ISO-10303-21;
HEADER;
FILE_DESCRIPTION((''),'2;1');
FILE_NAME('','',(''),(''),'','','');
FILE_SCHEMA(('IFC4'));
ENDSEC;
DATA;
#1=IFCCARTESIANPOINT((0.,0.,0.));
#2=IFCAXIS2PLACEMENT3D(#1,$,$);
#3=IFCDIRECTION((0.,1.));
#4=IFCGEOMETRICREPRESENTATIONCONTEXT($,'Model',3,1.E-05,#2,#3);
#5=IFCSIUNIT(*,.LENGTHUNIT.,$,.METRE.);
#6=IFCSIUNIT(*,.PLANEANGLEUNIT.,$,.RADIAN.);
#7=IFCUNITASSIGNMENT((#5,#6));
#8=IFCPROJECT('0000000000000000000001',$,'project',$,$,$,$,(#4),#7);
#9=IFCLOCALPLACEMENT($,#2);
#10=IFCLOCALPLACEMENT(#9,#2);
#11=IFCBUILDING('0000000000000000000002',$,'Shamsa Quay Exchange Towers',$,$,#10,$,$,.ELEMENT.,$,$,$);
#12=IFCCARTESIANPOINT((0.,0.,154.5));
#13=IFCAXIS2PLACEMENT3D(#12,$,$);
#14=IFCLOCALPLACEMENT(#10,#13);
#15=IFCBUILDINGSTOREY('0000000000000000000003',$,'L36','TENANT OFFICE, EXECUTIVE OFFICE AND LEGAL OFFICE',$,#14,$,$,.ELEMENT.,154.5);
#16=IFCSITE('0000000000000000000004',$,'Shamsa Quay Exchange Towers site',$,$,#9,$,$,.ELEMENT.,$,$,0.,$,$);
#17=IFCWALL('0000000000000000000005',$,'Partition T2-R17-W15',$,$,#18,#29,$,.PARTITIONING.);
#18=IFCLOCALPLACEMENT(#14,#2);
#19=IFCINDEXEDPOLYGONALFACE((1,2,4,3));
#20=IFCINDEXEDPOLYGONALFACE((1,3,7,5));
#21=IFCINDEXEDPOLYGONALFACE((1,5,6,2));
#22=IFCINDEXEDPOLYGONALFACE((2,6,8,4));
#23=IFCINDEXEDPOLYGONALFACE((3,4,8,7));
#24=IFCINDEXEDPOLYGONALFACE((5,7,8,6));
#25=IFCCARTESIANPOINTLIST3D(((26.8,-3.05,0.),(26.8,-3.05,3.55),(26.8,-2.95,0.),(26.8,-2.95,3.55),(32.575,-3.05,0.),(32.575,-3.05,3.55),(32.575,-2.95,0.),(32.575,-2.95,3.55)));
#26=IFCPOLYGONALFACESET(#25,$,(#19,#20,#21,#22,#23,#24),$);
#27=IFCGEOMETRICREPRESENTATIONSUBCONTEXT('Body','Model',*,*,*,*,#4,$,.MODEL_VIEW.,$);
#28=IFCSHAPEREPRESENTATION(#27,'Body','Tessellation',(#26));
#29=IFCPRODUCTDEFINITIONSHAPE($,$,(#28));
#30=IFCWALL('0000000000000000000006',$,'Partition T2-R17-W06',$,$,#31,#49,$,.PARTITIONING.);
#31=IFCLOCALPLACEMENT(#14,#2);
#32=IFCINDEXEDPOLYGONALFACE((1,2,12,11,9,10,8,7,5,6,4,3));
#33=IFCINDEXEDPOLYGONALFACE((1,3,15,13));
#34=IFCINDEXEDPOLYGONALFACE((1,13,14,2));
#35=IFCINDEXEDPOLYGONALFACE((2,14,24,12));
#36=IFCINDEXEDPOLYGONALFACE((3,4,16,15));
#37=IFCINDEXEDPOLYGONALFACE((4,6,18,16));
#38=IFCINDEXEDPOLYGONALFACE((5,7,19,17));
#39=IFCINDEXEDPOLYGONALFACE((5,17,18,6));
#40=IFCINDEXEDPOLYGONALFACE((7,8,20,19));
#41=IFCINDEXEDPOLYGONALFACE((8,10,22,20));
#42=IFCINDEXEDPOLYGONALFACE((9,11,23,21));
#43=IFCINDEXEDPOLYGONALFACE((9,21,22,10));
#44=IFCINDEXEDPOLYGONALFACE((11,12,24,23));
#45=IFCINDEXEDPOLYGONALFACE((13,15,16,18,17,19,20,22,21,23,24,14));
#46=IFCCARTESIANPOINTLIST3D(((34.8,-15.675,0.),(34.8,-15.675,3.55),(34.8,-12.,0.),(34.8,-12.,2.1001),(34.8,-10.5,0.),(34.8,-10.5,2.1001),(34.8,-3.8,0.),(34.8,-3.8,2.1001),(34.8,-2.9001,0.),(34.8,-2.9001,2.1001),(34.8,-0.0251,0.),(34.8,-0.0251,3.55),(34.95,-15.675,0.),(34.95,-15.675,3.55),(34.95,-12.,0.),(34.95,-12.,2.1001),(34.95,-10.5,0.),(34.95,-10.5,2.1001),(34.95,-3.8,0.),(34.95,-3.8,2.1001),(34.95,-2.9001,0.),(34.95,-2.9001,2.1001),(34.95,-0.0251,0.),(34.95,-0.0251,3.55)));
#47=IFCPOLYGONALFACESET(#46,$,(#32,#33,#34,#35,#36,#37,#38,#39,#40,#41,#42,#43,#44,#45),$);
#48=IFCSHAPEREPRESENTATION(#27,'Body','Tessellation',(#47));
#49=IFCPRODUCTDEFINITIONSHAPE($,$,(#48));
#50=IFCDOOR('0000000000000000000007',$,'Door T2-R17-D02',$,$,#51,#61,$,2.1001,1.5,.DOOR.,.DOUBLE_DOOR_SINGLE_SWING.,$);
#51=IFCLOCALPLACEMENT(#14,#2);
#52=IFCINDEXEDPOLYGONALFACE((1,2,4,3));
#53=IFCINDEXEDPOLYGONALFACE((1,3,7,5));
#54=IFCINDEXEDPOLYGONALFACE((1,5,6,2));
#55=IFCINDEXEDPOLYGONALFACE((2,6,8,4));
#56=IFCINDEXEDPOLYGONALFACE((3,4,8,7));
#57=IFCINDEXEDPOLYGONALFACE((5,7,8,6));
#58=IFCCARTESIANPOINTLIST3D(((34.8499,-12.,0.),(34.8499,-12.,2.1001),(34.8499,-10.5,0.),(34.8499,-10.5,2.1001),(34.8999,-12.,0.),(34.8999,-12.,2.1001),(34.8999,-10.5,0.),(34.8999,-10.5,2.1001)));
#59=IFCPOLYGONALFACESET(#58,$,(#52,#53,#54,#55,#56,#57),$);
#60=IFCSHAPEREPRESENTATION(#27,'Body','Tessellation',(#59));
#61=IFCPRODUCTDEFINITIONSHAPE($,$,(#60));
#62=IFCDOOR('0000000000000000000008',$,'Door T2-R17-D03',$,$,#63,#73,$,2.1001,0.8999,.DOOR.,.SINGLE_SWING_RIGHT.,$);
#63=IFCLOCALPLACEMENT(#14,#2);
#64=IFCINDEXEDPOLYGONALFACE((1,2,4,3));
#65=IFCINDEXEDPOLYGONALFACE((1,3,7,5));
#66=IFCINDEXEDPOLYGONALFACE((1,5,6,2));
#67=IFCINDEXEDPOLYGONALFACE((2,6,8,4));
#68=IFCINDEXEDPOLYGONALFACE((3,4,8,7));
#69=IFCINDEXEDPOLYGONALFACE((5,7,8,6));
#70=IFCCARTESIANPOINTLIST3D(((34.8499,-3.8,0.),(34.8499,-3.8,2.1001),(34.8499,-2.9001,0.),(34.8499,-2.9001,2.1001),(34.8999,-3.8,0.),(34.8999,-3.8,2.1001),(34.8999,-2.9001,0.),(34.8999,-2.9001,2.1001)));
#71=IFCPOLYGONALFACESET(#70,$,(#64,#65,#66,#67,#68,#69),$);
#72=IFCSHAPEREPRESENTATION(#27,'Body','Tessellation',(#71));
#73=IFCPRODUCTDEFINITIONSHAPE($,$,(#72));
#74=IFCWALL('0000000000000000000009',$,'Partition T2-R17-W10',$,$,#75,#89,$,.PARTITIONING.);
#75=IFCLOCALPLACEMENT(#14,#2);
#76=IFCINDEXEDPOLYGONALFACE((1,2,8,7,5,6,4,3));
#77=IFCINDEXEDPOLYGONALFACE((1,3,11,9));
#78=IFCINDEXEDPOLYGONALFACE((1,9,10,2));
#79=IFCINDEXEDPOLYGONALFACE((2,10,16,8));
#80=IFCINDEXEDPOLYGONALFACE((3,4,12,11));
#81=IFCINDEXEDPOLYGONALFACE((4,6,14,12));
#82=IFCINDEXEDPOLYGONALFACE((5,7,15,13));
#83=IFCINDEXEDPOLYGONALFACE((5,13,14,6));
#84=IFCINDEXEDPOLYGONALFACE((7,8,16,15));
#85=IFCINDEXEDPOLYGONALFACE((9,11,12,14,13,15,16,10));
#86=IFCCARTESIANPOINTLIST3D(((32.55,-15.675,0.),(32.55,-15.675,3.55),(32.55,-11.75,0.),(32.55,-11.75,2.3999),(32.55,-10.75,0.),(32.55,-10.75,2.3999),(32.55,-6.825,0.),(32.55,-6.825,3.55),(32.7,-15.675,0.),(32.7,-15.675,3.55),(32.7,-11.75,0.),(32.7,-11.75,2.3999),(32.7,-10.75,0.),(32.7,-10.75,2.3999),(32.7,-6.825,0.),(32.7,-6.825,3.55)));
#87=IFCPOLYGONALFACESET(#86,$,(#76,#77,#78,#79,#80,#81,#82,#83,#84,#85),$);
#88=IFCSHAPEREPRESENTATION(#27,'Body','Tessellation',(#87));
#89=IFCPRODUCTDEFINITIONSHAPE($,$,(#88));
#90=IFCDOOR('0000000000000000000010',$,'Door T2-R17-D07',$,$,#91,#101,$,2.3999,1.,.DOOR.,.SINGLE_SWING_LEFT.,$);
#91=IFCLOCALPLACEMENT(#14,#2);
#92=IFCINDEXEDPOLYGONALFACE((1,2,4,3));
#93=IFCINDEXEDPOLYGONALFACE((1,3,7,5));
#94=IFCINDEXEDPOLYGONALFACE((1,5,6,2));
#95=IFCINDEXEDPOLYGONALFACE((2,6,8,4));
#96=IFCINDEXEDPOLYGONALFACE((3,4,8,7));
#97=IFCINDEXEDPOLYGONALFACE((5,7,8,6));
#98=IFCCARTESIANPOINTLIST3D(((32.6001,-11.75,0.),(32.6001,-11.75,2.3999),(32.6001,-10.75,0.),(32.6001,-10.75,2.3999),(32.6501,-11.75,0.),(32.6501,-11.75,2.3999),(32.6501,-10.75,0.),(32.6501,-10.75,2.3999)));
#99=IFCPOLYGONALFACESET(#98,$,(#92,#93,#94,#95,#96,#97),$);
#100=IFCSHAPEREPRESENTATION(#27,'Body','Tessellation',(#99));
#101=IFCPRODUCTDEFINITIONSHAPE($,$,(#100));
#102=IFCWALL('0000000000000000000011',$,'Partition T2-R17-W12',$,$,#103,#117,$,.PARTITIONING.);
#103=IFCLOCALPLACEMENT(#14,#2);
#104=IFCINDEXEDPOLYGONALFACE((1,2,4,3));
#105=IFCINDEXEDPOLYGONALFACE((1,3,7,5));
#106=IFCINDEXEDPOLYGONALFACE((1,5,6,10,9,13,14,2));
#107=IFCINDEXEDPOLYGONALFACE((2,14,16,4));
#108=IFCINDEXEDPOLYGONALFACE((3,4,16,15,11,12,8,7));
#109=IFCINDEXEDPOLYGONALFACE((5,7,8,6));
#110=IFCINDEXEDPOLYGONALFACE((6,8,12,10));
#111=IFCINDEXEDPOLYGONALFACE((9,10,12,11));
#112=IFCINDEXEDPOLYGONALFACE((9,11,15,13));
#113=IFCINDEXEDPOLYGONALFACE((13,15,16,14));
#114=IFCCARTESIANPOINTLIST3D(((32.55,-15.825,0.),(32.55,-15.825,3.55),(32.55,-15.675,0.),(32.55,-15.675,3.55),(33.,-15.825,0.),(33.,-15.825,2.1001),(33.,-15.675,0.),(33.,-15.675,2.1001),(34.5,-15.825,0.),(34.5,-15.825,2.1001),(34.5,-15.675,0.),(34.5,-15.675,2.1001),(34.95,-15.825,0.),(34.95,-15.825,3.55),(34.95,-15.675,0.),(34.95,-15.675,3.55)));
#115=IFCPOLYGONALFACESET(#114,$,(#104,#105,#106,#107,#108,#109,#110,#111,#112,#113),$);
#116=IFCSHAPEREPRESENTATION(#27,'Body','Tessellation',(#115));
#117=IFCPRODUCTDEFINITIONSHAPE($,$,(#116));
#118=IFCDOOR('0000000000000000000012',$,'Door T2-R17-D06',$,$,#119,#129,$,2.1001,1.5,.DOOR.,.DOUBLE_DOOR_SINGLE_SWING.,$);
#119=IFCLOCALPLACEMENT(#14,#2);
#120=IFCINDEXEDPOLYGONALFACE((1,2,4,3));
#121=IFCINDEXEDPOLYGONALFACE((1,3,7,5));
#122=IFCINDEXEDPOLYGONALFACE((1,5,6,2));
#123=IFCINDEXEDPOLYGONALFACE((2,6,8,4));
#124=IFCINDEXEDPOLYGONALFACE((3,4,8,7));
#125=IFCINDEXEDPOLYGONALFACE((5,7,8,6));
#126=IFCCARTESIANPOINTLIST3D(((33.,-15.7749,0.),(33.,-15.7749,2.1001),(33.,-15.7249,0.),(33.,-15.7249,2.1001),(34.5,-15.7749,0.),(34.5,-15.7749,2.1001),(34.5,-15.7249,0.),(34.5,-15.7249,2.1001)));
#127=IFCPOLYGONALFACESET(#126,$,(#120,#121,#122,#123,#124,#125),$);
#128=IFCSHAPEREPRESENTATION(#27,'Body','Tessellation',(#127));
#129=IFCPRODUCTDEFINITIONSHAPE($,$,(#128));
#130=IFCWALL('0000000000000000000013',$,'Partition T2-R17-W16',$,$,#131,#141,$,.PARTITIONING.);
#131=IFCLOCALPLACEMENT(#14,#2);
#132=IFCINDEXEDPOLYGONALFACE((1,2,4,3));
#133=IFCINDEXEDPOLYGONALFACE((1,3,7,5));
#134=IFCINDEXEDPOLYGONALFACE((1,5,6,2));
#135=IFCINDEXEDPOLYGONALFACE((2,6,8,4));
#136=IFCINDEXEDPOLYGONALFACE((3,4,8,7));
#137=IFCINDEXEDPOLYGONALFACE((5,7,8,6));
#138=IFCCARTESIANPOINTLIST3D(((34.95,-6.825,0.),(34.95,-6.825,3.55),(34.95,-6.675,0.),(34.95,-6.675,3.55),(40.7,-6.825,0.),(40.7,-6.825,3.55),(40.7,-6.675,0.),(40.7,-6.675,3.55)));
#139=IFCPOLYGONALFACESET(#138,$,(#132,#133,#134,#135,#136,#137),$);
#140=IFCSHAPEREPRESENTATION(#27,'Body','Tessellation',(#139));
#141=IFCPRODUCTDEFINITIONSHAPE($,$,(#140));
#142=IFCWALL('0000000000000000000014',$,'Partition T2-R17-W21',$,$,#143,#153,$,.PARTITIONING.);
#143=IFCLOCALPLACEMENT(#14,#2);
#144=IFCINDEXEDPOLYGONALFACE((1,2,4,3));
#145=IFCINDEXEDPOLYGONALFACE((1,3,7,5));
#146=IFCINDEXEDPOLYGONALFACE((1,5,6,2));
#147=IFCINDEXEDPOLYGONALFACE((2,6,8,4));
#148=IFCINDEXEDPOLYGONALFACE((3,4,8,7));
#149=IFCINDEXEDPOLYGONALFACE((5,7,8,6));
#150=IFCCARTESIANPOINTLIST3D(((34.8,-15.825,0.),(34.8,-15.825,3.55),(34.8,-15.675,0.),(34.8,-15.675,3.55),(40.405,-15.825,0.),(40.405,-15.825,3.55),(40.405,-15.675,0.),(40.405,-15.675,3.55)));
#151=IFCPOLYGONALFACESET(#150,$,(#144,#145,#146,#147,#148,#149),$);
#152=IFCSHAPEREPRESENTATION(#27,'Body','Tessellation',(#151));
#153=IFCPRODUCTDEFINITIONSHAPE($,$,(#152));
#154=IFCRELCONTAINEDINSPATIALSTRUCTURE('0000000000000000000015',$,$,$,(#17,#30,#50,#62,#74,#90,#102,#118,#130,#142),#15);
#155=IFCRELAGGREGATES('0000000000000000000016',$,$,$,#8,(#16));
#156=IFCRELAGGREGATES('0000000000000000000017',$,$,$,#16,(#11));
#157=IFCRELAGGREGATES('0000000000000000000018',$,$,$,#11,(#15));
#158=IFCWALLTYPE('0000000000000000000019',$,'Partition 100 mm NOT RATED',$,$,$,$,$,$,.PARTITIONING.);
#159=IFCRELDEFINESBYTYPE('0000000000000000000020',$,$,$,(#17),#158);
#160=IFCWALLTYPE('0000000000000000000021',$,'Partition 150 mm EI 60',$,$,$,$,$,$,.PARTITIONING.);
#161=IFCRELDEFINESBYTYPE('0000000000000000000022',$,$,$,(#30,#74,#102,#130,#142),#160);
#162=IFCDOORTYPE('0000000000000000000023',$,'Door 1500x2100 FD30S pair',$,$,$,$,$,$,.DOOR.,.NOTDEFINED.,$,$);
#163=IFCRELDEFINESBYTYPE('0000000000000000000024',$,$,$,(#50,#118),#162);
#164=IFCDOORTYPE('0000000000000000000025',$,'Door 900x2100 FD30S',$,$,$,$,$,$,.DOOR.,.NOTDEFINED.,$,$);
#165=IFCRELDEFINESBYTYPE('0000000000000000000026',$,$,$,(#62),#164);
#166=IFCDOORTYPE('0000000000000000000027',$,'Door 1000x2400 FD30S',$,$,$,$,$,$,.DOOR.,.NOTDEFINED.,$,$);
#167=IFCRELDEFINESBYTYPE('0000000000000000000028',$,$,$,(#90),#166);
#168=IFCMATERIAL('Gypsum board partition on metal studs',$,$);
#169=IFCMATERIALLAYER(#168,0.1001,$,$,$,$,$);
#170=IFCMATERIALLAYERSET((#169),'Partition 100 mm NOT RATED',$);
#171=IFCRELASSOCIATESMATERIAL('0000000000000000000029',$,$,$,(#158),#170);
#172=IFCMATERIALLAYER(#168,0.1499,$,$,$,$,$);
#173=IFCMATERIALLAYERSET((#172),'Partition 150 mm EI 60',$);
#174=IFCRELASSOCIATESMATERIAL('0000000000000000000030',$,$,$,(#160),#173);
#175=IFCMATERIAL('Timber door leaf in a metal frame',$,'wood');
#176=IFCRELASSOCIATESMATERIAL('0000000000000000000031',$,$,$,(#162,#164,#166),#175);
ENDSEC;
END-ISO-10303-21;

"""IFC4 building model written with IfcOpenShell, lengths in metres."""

from ifc_helpers import new_model, si_unit, direction, frame, frame_2d, origin, place, context, subcontext, project, spatial, rectangle, extrude, material, layer, layer_set, type_object, element, fill, save


model = new_model("IFC4")

# Units and contexts
model_context = context("Model", 3, precision=1e-05, world=origin(), true_north=direction((0.0, 1.0)))
body_context = subcontext(model_context, "Body", "Model", "MODEL_VIEW")
ifc_project = project(units=[si_unit("LENGTHUNIT", "METRE"), si_unit("PLANEANGLEUNIT", "RADIAN")], contexts=[model_context])

# Site, building, storey
site_placement = place(None, origin())
site = spatial("IfcSite", under=ifc_project, at=site_placement, Name="Shamsa Quay Exchange Towers site", CompositionType="ELEMENT", RefElevation=0.0)
building_placement = place(site_placement, origin())
building = spatial("IfcBuilding", under=site, at=building_placement, Name="Shamsa Quay Exchange Towers", CompositionType="ELEMENT")
storey_placement = place(building_placement, frame((0.0, 0.0, 154.5)))
storey = spatial("IfcBuildingStorey", under=building, at=storey_placement, Name="L36", Description="TENANT OFFICE, EXECUTIVE OFFICE AND LEGAL OFFICE", CompositionType="ELEMENT", Elevation=154.5)

# Shared definitions
ifc_material_1 = material(Name="Gypsum board partition on metal studs")
ifc_layer_1 = layer(ifc_material_1, 0.1001)
ifc_layer_set_1 = layer_set([ifc_layer_1], Name="Partition 100 mm NOT RATED")
wall_type_1 = type_object("IfcWallType", Name="Partition 100 mm NOT RATED", PredefinedType="PARTITIONING", material=ifc_layer_set_1)
ifc_material_2 = material(Name="Timber door leaf in a metal frame", Category="wood")

# Wall
wall_1_placement = place(storey_placement, frame((32.575, -3.0, 0.0), z_axis=(0.0, 0.0, 1.0), x_axis=(-1.0, 0.0, 0.0)))
element("IfcWall", 1, at=wall_1_placement, inside=storey, type_object=wall_type_1, Name="Partition T2-R17-W15", PredefinedType="PARTITIONING", context=body_context, shape_type="SweptSolid", body=[
    extrude(rectangle(XDim=5.7749, YDim=0.1001, at=frame_2d((2.8875, 0.0))), origin(), (0.0, 0.0, 1.0), 3.55),
])

# Wall, openings, doors
ifc_layer_2 = layer(ifc_material_1, 0.1499)
ifc_layer_set_2 = layer_set([ifc_layer_2], Name="Partition 150 mm EI 60")
wall_type_2 = type_object("IfcWallType", Name="Partition 150 mm EI 60", PredefinedType="PARTITIONING", material=ifc_layer_set_2)
wall_2_placement = place(storey_placement, frame((34.875, -0.0251, 0.0), z_axis=(0.0, 0.0, 1.0), x_axis=(0.0, -1.0, 0.0)))
wall_2 = element("IfcWall", 2, at=wall_2_placement, inside=storey, type_object=wall_type_2, Name="Partition T2-R17-W06", PredefinedType="PARTITIONING", context=body_context, shape_type="SweptSolid", body=[
    extrude(rectangle(XDim=15.6499, YDim=0.1499, at=frame_2d((7.825, 0.0))), origin(), (0.0, 0.0, 1.0), 3.55),
])
opening_1_placement = place(wall_2_placement, frame((10.4749, 0.0, 0.0)))
opening_1 = element("IfcOpeningElement", 3, at=opening_1_placement, cuts=wall_2, PredefinedType="OPENING", context=body_context, shape_type="SweptSolid", body=[
    extrude(rectangle(XDim=1.5, YDim=2.1001, at=frame_2d((0.75, 1.05))), frame((0.0, 0.085, 0.0), z_axis=(0.0, -1.0, 0.0), x_axis=(1.0, 0.0, 0.0)), (0.0, 0.0, 1.0), 0.1699),
])
opening_2_placement = place(wall_2_placement, frame((2.875, 0.0, 0.0)))
opening_2 = element("IfcOpeningElement", 4, at=opening_2_placement, cuts=wall_2, PredefinedType="OPENING", context=body_context, shape_type="SweptSolid", body=[
    extrude(rectangle(XDim=0.8999, YDim=2.1001, at=frame_2d((0.45, 1.05))), frame((0.0, 0.085, 0.0), z_axis=(0.0, -1.0, 0.0), x_axis=(1.0, 0.0, 0.0)), (0.0, 0.0, 1.0), 0.1699),
])
door_type_1 = type_object("IfcDoorType", Name="Door 1500x2100 FD30S pair", OperationType="NOTDEFINED", PredefinedType="DOOR", material=ifc_material_2)
door_1_placement = place(opening_1_placement, origin())
door_1 = element("IfcDoor", 5, at=door_1_placement, inside=storey, type_object=door_type_1, Name="Door T2-R17-D02", OperationType="DOUBLE_DOOR_SINGLE_SWING", OverallHeight=2.1001, OverallWidth=1.5, PredefinedType="DOOR", context=body_context, shape_type="SweptSolid", body=[
    extrude(rectangle(XDim=1.5, YDim=2.1001, at=frame_2d((0.75, 1.05))), frame((0.0, 0.0249, 0.0), z_axis=(0.0, -1.0, 0.0), x_axis=(1.0, 0.0, 0.0)), (0.0, 0.0, 1.0), 0.05),
])
fill(opening_1, door_1)
door_type_2 = type_object("IfcDoorType", Name="Door 900x2100 FD30S", OperationType="NOTDEFINED", PredefinedType="DOOR", material=ifc_material_2)
door_2_placement = place(opening_2_placement, origin())
door_2 = element("IfcDoor", 6, at=door_2_placement, inside=storey, type_object=door_type_2, Name="Door T2-R17-D03", OperationType="SINGLE_SWING_RIGHT", OverallHeight=2.1001, OverallWidth=0.8999, PredefinedType="DOOR", context=body_context, shape_type="SweptSolid", body=[
    extrude(rectangle(XDim=0.8999, YDim=2.1001, at=frame_2d((0.45, 1.05))), frame((0.0, 0.0249, 0.0), z_axis=(0.0, -1.0, 0.0), x_axis=(1.0, 0.0, 0.0)), (0.0, 0.0, 1.0), 0.05),
])
fill(opening_2, door_2)

# Walls, openings, doors
wall_3_placement = place(storey_placement, frame((32.625, -15.675, 0.0), z_axis=(0.0, 0.0, 1.0), x_axis=(0.0, 1.0, 0.0)))
wall_3 = element("IfcWall", 7, at=wall_3_placement, inside=storey, type_object=wall_type_2, Name="Partition T2-R17-W10", PredefinedType="PARTITIONING", context=body_context, shape_type="SweptSolid", body=[
    extrude(rectangle(XDim=8.8501, YDim=0.1499, at=frame_2d((4.425, 0.0))), origin(), (0.0, 0.0, 1.0), 3.55),
])
opening_3_placement = place(wall_3_placement, frame((3.925, 0.0, 0.0)))
opening_3 = element("IfcOpeningElement", 8, at=opening_3_placement, cuts=wall_3, PredefinedType="OPENING", context=body_context, shape_type="SweptSolid", body=[
    extrude(rectangle(XDim=1.0, YDim=2.3999, at=frame_2d((0.5, 1.2))), frame((0.0, 0.085, 0.0), z_axis=(0.0, -1.0, 0.0), x_axis=(1.0, 0.0, 0.0)), (0.0, 0.0, 1.0), 0.1699),
])
door_type_3 = type_object("IfcDoorType", Name="Door 1000x2400 FD30S", OperationType="NOTDEFINED", PredefinedType="DOOR", material=ifc_material_2)
door_3_placement = place(opening_3_placement, origin())
door_3 = element("IfcDoor", 9, at=door_3_placement, inside=storey, type_object=door_type_3, Name="Door T2-R17-D07", OperationType="SINGLE_SWING_LEFT", OverallHeight=2.3999, OverallWidth=1.0, PredefinedType="DOOR", context=body_context, shape_type="SweptSolid", body=[
    extrude(rectangle(XDim=1.0, YDim=2.3999, at=frame_2d((0.5, 1.2))), frame((0.0, 0.0249, 0.0), z_axis=(0.0, -1.0, 0.0), x_axis=(1.0, 0.0, 0.0)), (0.0, 0.0, 1.0), 0.05),
])
fill(opening_3, door_3)
wall_4_placement = place(storey_placement, frame((34.95, -15.75, 0.0), z_axis=(0.0, 0.0, 1.0), x_axis=(-1.0, 0.0, 0.0)))
wall_4 = element("IfcWall", 10, at=wall_4_placement, inside=storey, type_object=wall_type_2, Name="Partition T2-R17-W12", PredefinedType="PARTITIONING", context=body_context, shape_type="SweptSolid", body=[
    extrude(rectangle(XDim=2.3999, YDim=0.1499, at=frame_2d((1.2, 0.0))), origin(), (0.0, 0.0, 1.0), 3.55),
])
opening_4_placement = place(wall_4_placement, frame((0.45, 0.0, 0.0)))
opening_4 = element("IfcOpeningElement", 11, at=opening_4_placement, cuts=wall_4, PredefinedType="OPENING", context=body_context, shape_type="SweptSolid", body=[
    extrude(rectangle(XDim=1.5, YDim=2.1001, at=frame_2d((0.75, 1.05))), frame((0.0, 0.085, 0.0), z_axis=(0.0, -1.0, 0.0), x_axis=(1.0, 0.0, 0.0)), (0.0, 0.0, 1.0), 0.1699),
])
door_4_placement = place(opening_4_placement, origin())
door_4 = element("IfcDoor", 12, at=door_4_placement, inside=storey, type_object=door_type_1, Name="Door T2-R17-D06", OperationType="DOUBLE_DOOR_SINGLE_SWING", OverallHeight=2.1001, OverallWidth=1.5, PredefinedType="DOOR", context=body_context, shape_type="SweptSolid", body=[
    extrude(rectangle(XDim=1.5, YDim=2.1001, at=frame_2d((0.75, 1.05))), frame((0.0, 0.0249, 0.0), z_axis=(0.0, -1.0, 0.0), x_axis=(1.0, 0.0, 0.0)), (0.0, 0.0, 1.0), 0.05),
])
fill(opening_4, door_4)

# Walls
wall_5_placement = place(storey_placement, frame((34.95, -6.75, 0.0)))
element("IfcWall", 13, at=wall_5_placement, inside=storey, type_object=wall_type_2, Name="Partition T2-R17-W16", PredefinedType="PARTITIONING", context=body_context, shape_type="SweptSolid", body=[
    extrude(rectangle(XDim=5.75, YDim=0.1499, at=frame_2d((2.875, 0.0))), origin(), (0.0, 0.0, 1.0), 3.55),
])
wall_6_placement = place(storey_placement, frame((34.8, -15.75, 0.0)))
element("IfcWall", 14, at=wall_6_placement, inside=storey, type_object=wall_type_2, Name="Partition T2-R17-W21", PredefinedType="PARTITIONING", context=body_context, shape_type="SweptSolid", body=[
    extrude(rectangle(XDim=5.605, YDim=0.1499, at=frame_2d((2.8025, 0.0))), origin(), (0.0, 0.0, 1.0), 3.55),
])

save(model, "model.ifc")
